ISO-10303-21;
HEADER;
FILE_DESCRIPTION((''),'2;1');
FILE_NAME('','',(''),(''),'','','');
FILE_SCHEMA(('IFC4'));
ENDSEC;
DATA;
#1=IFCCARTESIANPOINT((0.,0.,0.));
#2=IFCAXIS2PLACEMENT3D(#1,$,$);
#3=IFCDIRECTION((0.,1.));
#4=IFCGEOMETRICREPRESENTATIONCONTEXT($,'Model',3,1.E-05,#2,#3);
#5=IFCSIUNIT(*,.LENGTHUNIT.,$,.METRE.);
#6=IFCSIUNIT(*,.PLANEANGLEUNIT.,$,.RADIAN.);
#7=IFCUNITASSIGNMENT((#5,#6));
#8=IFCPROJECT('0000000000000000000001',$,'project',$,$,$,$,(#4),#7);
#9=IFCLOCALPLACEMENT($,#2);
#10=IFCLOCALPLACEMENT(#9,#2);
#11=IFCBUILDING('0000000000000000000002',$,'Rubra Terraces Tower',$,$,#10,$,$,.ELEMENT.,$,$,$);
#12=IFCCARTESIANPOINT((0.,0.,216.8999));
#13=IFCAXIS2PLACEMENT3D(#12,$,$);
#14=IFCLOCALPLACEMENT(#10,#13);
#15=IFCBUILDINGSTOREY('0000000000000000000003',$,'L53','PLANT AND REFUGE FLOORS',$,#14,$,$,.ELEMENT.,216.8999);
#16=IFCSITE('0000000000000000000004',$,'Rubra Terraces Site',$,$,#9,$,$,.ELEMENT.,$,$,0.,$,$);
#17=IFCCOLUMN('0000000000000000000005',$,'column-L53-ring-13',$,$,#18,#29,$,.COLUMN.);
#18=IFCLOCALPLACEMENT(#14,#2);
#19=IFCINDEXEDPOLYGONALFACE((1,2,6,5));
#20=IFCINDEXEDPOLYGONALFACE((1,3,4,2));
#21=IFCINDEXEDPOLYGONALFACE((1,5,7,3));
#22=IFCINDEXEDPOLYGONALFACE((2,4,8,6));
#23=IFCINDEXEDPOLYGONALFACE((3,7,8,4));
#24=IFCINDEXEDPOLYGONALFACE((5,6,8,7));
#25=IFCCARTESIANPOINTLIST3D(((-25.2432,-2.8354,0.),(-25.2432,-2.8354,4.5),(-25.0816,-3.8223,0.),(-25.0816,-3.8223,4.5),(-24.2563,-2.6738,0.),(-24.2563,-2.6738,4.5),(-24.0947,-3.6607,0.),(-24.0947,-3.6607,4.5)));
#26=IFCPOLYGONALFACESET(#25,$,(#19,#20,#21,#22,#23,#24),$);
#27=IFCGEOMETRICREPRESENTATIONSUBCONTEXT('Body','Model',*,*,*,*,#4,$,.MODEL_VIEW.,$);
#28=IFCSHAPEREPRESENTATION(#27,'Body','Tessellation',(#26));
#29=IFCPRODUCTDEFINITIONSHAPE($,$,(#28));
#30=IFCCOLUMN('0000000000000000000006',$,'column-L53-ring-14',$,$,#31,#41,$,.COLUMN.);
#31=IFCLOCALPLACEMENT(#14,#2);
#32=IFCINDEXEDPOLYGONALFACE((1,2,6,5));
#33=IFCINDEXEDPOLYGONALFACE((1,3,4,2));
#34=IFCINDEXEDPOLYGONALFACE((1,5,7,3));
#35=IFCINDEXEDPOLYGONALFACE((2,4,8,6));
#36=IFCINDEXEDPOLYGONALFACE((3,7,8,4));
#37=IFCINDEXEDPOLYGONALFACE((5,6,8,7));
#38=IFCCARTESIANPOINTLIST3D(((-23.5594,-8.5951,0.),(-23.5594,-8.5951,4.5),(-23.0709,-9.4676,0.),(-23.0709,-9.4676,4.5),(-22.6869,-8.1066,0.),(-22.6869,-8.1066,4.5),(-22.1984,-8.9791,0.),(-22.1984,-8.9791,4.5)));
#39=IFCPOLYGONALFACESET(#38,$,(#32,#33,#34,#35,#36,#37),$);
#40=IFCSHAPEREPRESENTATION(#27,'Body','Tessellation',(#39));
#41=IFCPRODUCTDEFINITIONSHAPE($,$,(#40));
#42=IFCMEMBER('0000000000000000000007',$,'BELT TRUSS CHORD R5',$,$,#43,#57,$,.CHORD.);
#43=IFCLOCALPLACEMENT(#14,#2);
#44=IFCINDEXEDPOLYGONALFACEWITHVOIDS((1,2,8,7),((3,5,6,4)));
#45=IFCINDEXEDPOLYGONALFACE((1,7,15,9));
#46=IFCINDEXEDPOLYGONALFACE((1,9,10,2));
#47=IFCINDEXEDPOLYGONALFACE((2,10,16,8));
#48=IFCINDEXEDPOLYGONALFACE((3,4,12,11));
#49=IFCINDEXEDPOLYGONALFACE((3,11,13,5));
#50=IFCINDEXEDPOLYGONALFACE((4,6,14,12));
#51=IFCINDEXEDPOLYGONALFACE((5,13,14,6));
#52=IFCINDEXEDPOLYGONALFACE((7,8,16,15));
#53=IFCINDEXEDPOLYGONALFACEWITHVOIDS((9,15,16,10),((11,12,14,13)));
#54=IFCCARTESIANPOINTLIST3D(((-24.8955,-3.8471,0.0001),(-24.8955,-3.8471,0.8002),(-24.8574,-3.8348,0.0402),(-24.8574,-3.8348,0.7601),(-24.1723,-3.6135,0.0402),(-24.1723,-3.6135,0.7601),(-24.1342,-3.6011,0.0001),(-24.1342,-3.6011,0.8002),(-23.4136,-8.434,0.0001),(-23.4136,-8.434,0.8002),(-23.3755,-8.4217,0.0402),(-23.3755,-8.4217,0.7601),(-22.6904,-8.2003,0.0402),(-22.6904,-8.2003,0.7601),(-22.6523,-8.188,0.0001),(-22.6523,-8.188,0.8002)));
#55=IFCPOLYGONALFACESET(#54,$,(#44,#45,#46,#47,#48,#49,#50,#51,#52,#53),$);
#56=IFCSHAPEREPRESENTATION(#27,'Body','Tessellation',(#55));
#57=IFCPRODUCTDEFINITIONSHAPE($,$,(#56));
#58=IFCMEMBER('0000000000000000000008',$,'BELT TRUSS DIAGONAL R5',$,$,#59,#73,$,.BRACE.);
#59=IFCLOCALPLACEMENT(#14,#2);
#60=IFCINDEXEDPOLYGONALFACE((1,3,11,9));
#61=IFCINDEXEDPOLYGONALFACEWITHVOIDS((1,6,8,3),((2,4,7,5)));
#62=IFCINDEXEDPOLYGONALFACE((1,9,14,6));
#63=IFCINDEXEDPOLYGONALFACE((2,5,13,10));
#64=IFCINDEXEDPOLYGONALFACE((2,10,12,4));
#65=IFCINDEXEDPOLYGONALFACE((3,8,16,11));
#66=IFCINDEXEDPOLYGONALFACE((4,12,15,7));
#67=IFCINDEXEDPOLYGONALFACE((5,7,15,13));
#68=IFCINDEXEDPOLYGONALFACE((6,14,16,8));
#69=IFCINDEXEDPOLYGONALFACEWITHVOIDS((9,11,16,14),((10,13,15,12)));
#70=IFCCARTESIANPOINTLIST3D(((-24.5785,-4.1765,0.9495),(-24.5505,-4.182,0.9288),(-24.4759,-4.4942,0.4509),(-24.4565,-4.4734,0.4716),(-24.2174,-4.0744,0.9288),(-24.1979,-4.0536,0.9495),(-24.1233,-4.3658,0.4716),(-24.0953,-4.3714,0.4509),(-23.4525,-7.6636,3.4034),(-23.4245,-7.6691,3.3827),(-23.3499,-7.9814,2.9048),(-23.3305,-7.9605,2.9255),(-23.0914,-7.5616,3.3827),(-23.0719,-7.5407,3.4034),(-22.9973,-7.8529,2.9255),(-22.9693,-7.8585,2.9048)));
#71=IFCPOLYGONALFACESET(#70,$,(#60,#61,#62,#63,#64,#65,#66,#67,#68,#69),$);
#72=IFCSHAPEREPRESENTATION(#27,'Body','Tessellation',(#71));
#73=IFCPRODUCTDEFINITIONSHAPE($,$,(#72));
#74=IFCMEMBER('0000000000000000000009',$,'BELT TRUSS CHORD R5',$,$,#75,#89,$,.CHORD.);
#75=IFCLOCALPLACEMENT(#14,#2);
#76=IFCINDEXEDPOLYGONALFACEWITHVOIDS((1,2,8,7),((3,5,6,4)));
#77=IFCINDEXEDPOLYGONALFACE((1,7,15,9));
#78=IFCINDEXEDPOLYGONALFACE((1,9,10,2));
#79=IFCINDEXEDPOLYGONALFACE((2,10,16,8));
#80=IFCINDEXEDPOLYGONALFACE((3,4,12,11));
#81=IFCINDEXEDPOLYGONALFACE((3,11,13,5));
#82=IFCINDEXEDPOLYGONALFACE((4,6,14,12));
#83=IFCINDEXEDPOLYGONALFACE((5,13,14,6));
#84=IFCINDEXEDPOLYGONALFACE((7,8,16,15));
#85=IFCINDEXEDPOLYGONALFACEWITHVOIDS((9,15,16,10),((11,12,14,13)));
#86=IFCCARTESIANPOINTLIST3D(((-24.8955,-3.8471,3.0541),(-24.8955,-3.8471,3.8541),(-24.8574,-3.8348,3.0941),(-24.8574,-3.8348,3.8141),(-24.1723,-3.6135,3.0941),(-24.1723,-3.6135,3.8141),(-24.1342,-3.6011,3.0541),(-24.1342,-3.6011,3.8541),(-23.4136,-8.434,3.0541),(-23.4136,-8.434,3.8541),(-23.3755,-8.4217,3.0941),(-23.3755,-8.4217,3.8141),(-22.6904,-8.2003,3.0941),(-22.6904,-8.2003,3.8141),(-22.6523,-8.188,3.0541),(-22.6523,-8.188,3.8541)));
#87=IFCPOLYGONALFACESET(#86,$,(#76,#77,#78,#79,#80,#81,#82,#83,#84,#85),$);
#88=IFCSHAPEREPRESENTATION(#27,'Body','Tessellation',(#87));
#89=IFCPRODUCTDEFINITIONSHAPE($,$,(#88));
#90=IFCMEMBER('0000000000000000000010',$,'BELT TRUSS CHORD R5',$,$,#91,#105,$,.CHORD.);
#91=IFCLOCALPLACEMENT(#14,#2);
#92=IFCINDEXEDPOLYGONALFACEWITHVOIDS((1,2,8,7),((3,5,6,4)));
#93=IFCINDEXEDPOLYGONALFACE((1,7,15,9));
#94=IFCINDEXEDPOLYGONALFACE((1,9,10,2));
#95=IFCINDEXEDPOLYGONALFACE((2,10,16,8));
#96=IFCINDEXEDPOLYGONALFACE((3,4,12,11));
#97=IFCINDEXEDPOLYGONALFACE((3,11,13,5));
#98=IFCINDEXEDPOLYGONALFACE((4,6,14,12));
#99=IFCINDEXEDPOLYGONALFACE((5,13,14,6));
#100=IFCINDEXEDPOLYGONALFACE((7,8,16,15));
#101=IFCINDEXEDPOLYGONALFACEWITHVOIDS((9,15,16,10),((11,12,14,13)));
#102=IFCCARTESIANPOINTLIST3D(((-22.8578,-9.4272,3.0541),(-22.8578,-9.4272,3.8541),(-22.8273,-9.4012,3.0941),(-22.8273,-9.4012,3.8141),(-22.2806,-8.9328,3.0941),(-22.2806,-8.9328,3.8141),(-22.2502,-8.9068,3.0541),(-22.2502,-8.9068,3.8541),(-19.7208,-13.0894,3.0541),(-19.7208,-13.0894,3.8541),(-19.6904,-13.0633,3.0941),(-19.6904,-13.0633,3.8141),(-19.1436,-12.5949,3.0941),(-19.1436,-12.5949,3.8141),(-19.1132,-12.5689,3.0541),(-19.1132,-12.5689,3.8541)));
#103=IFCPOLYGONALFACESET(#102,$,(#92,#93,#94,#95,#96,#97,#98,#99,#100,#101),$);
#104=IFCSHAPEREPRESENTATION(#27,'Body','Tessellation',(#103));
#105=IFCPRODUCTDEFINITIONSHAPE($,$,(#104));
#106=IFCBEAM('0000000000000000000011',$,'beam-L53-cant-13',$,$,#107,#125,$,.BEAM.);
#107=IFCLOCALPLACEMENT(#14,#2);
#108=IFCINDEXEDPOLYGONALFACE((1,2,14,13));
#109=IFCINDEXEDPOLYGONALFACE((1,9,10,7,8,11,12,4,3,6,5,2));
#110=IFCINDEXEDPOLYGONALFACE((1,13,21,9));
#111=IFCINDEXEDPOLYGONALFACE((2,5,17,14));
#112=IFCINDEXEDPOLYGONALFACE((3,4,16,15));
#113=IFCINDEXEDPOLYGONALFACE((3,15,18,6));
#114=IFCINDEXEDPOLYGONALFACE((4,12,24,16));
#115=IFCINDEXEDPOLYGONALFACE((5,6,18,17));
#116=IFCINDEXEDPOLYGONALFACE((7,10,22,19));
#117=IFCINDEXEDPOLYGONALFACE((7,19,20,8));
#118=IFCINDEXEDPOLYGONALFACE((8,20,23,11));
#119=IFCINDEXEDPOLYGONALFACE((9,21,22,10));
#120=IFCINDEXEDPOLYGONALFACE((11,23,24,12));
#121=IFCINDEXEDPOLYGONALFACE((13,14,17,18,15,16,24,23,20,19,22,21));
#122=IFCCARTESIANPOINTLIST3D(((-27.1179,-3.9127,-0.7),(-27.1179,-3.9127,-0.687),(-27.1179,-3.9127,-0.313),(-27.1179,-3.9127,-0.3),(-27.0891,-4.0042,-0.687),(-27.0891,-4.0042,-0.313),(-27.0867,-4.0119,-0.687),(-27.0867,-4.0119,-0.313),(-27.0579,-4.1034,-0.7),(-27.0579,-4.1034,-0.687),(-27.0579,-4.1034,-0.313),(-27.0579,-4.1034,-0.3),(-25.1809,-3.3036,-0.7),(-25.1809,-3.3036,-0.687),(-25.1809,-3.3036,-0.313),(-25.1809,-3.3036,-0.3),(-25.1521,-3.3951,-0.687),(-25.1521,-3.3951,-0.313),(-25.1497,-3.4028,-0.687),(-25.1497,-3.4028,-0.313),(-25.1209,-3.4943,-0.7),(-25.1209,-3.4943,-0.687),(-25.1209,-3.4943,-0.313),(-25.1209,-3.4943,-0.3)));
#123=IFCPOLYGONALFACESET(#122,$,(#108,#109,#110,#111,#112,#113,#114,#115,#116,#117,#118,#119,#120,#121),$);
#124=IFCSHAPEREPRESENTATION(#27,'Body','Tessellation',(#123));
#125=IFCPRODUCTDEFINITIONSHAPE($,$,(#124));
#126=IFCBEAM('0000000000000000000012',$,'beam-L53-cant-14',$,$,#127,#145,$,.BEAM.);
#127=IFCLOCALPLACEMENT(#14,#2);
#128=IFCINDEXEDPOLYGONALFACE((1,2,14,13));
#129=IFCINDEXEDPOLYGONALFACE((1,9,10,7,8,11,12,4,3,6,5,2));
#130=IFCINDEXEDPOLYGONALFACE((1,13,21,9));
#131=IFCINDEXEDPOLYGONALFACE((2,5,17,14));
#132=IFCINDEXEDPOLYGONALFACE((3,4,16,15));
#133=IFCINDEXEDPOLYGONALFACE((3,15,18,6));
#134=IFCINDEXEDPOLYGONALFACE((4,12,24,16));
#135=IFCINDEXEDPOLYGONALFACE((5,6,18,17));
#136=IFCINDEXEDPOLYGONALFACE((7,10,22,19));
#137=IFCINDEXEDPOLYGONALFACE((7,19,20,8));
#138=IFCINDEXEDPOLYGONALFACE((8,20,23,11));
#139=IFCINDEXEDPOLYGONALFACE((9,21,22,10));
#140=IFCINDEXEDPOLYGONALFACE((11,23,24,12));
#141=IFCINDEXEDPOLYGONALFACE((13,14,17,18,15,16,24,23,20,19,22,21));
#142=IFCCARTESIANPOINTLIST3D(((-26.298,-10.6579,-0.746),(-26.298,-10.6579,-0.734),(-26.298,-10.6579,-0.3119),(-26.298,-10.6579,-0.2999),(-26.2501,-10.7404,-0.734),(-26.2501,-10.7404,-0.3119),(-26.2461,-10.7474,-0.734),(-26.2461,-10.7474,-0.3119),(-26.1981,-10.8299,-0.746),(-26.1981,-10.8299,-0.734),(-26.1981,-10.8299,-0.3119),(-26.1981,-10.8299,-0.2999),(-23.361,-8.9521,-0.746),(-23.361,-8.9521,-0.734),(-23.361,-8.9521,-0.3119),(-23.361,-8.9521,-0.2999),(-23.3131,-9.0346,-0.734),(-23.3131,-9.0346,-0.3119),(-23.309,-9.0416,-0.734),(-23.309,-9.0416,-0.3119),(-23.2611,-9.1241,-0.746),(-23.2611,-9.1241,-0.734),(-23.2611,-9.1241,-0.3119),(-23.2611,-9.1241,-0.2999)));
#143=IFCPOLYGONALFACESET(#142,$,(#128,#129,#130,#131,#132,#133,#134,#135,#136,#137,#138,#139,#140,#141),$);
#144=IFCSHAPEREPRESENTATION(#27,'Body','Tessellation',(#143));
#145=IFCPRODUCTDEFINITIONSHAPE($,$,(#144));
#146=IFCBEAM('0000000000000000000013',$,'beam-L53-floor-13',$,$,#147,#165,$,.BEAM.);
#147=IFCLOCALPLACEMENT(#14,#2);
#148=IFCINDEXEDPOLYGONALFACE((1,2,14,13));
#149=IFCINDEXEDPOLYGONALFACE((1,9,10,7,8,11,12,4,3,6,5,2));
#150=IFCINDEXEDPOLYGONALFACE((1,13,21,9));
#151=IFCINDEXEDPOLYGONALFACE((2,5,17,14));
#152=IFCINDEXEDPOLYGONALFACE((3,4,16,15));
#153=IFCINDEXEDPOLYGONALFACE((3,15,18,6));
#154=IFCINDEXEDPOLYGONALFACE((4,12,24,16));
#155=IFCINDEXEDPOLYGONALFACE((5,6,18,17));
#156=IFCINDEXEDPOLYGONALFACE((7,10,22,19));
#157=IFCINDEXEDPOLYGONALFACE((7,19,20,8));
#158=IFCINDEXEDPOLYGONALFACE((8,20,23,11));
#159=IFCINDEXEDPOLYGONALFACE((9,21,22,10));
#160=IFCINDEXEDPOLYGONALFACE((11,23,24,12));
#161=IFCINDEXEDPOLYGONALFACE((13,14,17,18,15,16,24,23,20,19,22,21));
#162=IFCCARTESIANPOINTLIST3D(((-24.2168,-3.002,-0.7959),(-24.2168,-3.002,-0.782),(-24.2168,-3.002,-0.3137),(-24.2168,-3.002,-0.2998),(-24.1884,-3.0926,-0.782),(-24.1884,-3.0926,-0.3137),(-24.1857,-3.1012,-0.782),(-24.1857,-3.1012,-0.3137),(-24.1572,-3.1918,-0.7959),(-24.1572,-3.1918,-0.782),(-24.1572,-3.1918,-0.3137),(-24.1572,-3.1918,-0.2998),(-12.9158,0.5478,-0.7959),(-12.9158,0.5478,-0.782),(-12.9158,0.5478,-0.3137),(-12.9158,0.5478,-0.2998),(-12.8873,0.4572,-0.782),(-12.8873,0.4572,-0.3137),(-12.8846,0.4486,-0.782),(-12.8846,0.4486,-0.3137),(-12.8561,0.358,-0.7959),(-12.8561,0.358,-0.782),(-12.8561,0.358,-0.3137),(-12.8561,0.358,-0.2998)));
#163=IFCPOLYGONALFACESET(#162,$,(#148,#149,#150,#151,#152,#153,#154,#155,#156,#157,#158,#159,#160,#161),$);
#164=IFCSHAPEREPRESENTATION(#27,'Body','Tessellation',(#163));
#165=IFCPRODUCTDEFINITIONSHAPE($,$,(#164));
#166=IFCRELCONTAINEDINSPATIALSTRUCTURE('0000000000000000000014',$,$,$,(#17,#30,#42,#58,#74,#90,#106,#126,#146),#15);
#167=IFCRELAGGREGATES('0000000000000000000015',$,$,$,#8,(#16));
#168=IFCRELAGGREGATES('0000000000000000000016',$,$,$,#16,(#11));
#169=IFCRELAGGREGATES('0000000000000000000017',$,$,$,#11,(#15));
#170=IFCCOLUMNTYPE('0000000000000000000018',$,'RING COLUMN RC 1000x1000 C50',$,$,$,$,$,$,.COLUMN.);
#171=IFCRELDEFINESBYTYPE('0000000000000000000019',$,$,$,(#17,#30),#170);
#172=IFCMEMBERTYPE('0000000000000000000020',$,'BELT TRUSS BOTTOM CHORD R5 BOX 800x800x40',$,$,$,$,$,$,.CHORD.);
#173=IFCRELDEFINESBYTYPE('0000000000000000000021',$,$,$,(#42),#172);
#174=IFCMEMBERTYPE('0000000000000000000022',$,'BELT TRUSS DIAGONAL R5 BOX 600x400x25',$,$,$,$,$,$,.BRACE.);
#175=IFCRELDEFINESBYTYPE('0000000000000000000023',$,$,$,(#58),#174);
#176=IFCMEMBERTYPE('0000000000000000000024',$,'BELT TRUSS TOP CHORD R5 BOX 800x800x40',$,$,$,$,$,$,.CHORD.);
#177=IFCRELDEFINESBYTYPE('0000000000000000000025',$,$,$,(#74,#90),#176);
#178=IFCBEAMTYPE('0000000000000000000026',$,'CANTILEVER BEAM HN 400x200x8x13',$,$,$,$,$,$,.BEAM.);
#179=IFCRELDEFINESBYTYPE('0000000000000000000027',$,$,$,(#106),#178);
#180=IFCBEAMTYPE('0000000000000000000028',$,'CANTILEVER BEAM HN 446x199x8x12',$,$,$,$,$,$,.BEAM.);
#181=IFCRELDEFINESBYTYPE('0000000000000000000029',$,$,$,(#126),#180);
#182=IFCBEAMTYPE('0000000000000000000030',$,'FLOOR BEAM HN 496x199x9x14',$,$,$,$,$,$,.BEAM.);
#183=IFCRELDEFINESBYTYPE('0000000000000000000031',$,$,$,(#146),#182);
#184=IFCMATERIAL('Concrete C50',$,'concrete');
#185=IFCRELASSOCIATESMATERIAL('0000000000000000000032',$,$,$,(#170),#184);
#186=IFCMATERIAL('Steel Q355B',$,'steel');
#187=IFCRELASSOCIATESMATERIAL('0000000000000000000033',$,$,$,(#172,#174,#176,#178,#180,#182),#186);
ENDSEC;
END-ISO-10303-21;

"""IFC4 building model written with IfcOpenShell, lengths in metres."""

from ifc_helpers import new_model, si_unit, direction, frame, origin, origin_2d, place, context, subcontext, project, spatial, rectangle, hollow_rectangle, i_section, extrude, material, material_profile, profile_set, type_object, element, save


model = new_model("IFC4")

# Units and contexts
model_context = context("Model", 3, precision=1e-05, world=origin(), true_north=direction((0.0, 1.0)))
body_context = subcontext(model_context, "Body", "Model", "MODEL_VIEW")
ifc_project = project(units=[si_unit("LENGTHUNIT", "METRE"), si_unit("PLANEANGLEUNIT", "RADIAN")], contexts=[model_context])

# Site, building, storey
site_placement = place(None, origin())
site = spatial("IfcSite", under=ifc_project, at=site_placement, Name="Rubra Terraces Site", CompositionType="ELEMENT", RefElevation=0.0)
building_placement = place(site_placement, origin())
building = spatial("IfcBuilding", under=site, at=building_placement, Name="Rubra Terraces Tower", CompositionType="ELEMENT")
storey_placement = place(building_placement, frame((0.0, 0.0, 216.8999)))
storey = spatial("IfcBuildingStorey", under=building, at=storey_placement, Name="L53", Description="PLANT AND REFUGE FLOORS", CompositionType="ELEMENT", Elevation=216.8999)

# Columns
ifc_material_1 = material(Name="Concrete C50", Category="concrete")
ifc_material_profile_1 = material_profile(ifc_material_1, rectangle(XDim=1.0, YDim=1.0, at=origin_2d()), Name="RC 1000x1000")
ifc_profile_set_1 = profile_set([ifc_material_profile_1], Name="Concrete C50")
column_type = type_object("IfcColumnType", Name="RING COLUMN RC 1000x1000 C50", PredefinedType="COLUMN", material=ifc_profile_set_1)
for number, where, z_axis, x_axis, name in (
    (1, (-24.6689, -3.248, 0.0), (0.0, 0.0, 1.0), (0.161559, -0.986863, 0.0), "column-L53-ring-13"),
    (2, (-22.8789, -8.7871, 0.0), (0.0, 0.0, 1.0), (0.488526, -0.872549, 0.0), "column-L53-ring-14"),
):
    element("IfcColumn", number, at=place(storey_placement, frame(where, z_axis=z_axis, x_axis=x_axis)), inside=storey, type_object=column_type, Name=name, PredefinedType="COLUMN", context=body_context, shape_type="SweptSolid", body=[
        extrude(rectangle(XDim=1.0, YDim=1.0, at=origin_2d()), origin(), (0.0, 0.0, 1.0), 4.5),
    ])

# Members
ifc_material_2 = material(Name="Steel Q355B", Category="steel")
ifc_material_profile_2 = material_profile(ifc_material_2, hollow_rectangle(XDim=0.8, YDim=0.8, WallThickness=0.04, at=origin_2d()), Name="BOX 800x800x40")
ifc_profile_set_2 = profile_set([ifc_material_profile_2], Name="Steel Q355B")
member_type_1 = type_object("IfcMemberType", Name="BELT TRUSS BOTTOM CHORD R5 BOX 800x800x40", PredefinedType="CHORD", material=ifc_profile_set_2)
member_1_placement = place(storey_placement, frame((-24.5149, -3.7241, 0.4001), z_axis=(0.307432, -0.95157, 0.0), x_axis=(0.95157, 0.307432, 0.0)))
element("IfcMember", 3, at=member_1_placement, inside=storey, type_object=member_type_1, Name="BELT TRUSS CHORD R5", PredefinedType="CHORD", context=body_context, shape_type="SweptSolid", body=[
    extrude(hollow_rectangle(XDim=0.8, YDim=0.8, WallThickness=0.04, at=origin_2d()), origin(), (0.0, 0.0, 1.0), 4.8203),
])
ifc_material_profile_3 = material_profile(ifc_material_2, hollow_rectangle(XDim=0.3999, YDim=0.6001, WallThickness=0.0249, at=origin_2d()), Name="BOX 600x400x25")
ifc_profile_set_3 = profile_set([ifc_material_profile_3], Name="Steel Q355B")
member_type_2 = type_object("IfcMemberType", Name="BELT TRUSS DIAGONAL R5 BOX 600x400x25", PredefinedType="BRACE", material=ifc_profile_set_3)
member_2_placement = place(storey_placement, frame((-24.3369, -4.2739, 0.7002), z_axis=(0.255319, -0.790702, 0.55642), x_axis=(0.951619, 0.307279, 0.0)))
element("IfcMember", 4, at=member_2_placement, inside=storey, type_object=member_type_2, Name="BELT TRUSS DIAGONAL R5", PredefinedType="BRACE", context=body_context, shape_type="SweptSolid", body=[
    extrude(hollow_rectangle(XDim=0.3999, YDim=0.6001, WallThickness=0.0249, at=origin_2d()), origin(), (0.0, 0.0, 1.0), 4.4102),
])
ifc_material_profile_4 = material_profile(ifc_material_2, hollow_rectangle(XDim=0.8, YDim=0.8, WallThickness=0.04, at=origin_2d()), Name="BOX 800x800x40")
ifc_profile_set_4 = profile_set([ifc_material_profile_4], Name="Steel Q355B")
member_type_3 = type_object("IfcMemberType", Name="BELT TRUSS TOP CHORD R5 BOX 800x800x40", PredefinedType="CHORD", material=ifc_profile_set_4)
member_3_placement = place(storey_placement, frame((-24.5149, -3.7241, 3.4541), z_axis=(0.307432, -0.95157, 0.0), x_axis=(0.95157, 0.307432, 0.0)))
element("IfcMember", 5, at=member_3_placement, inside=storey, type_object=member_type_3, Name="BELT TRUSS CHORD R5", PredefinedType="CHORD", context=body_context, shape_type="SweptSolid", body=[
    extrude(hollow_rectangle(XDim=0.8, YDim=0.8, WallThickness=0.04, at=origin_2d()), origin(), (0.0, 0.0, 1.0), 4.8203),
])
member_4_placement = place(storey_placement, frame((-22.554, -9.167, 3.4541), z_axis=(0.650554, -0.75946, 0.0), x_axis=(0.75946, 0.650554, 0.0)))
element("IfcMember", 6, at=member_4_placement, inside=storey, type_object=member_type_3, Name="BELT TRUSS CHORD R5", PredefinedType="CHORD", context=body_context, shape_type="SweptSolid", body=[
    extrude(hollow_rectangle(XDim=0.8, YDim=0.8, WallThickness=0.04, at=origin_2d()), origin(), (0.0, 0.0, 1.0), 4.822),
])

# Beams
ifc_material_profile_5 = material_profile(ifc_material_2, i_section(OverallWidth=0.2, OverallDepth=0.3999, WebThickness=0.0081, FlangeThickness=0.0129, at=origin_2d()), Name="HN 400x200x8x13")
ifc_profile_set_5 = profile_set([ifc_material_profile_5], Name="Steel Q355B")
beam_type_1 = type_object("IfcBeamType", Name="CANTILEVER BEAM HN 400x200x8x13", PredefinedType="BEAM", material=ifc_profile_set_5)
beam_1_placement = place(storey_placement, frame((-25.1509, -3.3989, -0.5), z_axis=(-0.953944, -0.299986, 0.0), x_axis=(0.299986, -0.953944, 0.0)))
element("IfcBeam", 7, at=beam_1_placement, inside=storey, type_object=beam_type_1, Name="beam-L53-cant-13", PredefinedType="BEAM", context=body_context, shape_type="SweptSolid", body=[
    extrude(i_section(OverallWidth=0.2, OverallDepth=0.3999, WebThickness=0.0081, FlangeThickness=0.0129, at=origin_2d()), origin(), (0.0, 0.0, 1.0), 2.0305),
])
ifc_material_profile_6 = material_profile(ifc_material_2, i_section(OverallWidth=0.199, OverallDepth=0.446, WebThickness=0.0081, FlangeThickness=0.012, at=origin_2d()), Name="HN 446x199x8x12")
ifc_profile_set_6 = profile_set([ifc_material_profile_6], Name="Steel Q355B")
beam_type_2 = type_object("IfcBeamType", Name="CANTILEVER BEAM HN 446x199x8x12", PredefinedType="BEAM", material=ifc_profile_set_6)
beam_2_placement = place(storey_placement, frame((-23.311, -9.0381, -0.5229), z_axis=(-0.864732, -0.502234, 0.0), x_axis=(0.502234, -0.864732, 0.0)))
element("IfcBeam", 8, at=beam_2_placement, inside=storey, type_object=beam_type_2, Name="beam-L53-cant-14", PredefinedType="BEAM", context=body_context, shape_type="SweptSolid", body=[
    extrude(i_section(OverallWidth=0.199, OverallDepth=0.446, WebThickness=0.0081, FlangeThickness=0.012, at=origin_2d()), origin(), (0.0, 0.0, 1.0), 3.3965),
])
ifc_material_profile_7 = material_profile(ifc_material_2, i_section(OverallWidth=0.199, OverallDepth=0.4961, WebThickness=0.009, FlangeThickness=0.0139, at=origin_2d()), Name="HN 496x199x9x14")
ifc_profile_set_7 = profile_set([ifc_material_profile_7], Name="Steel Q355B")
beam_type_3 = type_object("IfcBeamType", Name="FLOOR BEAM HN 496x199x9x14", PredefinedType="BEAM", material=ifc_profile_set_7)
beam_3_placement = place(storey_placement, frame((-24.187, -3.0969, -0.5479), z_axis=(0.954041, 0.299677, 0.0), x_axis=(-0.299677, 0.954041, 0.0)))
element("IfcBeam", 9, at=beam_3_placement, inside=storey, type_object=beam_type_3, Name="beam-L53-floor-13", PredefinedType="BEAM", context=body_context, shape_type="SweptSolid", body=[
    extrude(i_section(OverallWidth=0.199, OverallDepth=0.4961, WebThickness=0.009, FlangeThickness=0.0139, at=origin_2d()), origin(), (0.0, 0.0, 1.0), 11.8455),
])

save(model, "model.ifc")
